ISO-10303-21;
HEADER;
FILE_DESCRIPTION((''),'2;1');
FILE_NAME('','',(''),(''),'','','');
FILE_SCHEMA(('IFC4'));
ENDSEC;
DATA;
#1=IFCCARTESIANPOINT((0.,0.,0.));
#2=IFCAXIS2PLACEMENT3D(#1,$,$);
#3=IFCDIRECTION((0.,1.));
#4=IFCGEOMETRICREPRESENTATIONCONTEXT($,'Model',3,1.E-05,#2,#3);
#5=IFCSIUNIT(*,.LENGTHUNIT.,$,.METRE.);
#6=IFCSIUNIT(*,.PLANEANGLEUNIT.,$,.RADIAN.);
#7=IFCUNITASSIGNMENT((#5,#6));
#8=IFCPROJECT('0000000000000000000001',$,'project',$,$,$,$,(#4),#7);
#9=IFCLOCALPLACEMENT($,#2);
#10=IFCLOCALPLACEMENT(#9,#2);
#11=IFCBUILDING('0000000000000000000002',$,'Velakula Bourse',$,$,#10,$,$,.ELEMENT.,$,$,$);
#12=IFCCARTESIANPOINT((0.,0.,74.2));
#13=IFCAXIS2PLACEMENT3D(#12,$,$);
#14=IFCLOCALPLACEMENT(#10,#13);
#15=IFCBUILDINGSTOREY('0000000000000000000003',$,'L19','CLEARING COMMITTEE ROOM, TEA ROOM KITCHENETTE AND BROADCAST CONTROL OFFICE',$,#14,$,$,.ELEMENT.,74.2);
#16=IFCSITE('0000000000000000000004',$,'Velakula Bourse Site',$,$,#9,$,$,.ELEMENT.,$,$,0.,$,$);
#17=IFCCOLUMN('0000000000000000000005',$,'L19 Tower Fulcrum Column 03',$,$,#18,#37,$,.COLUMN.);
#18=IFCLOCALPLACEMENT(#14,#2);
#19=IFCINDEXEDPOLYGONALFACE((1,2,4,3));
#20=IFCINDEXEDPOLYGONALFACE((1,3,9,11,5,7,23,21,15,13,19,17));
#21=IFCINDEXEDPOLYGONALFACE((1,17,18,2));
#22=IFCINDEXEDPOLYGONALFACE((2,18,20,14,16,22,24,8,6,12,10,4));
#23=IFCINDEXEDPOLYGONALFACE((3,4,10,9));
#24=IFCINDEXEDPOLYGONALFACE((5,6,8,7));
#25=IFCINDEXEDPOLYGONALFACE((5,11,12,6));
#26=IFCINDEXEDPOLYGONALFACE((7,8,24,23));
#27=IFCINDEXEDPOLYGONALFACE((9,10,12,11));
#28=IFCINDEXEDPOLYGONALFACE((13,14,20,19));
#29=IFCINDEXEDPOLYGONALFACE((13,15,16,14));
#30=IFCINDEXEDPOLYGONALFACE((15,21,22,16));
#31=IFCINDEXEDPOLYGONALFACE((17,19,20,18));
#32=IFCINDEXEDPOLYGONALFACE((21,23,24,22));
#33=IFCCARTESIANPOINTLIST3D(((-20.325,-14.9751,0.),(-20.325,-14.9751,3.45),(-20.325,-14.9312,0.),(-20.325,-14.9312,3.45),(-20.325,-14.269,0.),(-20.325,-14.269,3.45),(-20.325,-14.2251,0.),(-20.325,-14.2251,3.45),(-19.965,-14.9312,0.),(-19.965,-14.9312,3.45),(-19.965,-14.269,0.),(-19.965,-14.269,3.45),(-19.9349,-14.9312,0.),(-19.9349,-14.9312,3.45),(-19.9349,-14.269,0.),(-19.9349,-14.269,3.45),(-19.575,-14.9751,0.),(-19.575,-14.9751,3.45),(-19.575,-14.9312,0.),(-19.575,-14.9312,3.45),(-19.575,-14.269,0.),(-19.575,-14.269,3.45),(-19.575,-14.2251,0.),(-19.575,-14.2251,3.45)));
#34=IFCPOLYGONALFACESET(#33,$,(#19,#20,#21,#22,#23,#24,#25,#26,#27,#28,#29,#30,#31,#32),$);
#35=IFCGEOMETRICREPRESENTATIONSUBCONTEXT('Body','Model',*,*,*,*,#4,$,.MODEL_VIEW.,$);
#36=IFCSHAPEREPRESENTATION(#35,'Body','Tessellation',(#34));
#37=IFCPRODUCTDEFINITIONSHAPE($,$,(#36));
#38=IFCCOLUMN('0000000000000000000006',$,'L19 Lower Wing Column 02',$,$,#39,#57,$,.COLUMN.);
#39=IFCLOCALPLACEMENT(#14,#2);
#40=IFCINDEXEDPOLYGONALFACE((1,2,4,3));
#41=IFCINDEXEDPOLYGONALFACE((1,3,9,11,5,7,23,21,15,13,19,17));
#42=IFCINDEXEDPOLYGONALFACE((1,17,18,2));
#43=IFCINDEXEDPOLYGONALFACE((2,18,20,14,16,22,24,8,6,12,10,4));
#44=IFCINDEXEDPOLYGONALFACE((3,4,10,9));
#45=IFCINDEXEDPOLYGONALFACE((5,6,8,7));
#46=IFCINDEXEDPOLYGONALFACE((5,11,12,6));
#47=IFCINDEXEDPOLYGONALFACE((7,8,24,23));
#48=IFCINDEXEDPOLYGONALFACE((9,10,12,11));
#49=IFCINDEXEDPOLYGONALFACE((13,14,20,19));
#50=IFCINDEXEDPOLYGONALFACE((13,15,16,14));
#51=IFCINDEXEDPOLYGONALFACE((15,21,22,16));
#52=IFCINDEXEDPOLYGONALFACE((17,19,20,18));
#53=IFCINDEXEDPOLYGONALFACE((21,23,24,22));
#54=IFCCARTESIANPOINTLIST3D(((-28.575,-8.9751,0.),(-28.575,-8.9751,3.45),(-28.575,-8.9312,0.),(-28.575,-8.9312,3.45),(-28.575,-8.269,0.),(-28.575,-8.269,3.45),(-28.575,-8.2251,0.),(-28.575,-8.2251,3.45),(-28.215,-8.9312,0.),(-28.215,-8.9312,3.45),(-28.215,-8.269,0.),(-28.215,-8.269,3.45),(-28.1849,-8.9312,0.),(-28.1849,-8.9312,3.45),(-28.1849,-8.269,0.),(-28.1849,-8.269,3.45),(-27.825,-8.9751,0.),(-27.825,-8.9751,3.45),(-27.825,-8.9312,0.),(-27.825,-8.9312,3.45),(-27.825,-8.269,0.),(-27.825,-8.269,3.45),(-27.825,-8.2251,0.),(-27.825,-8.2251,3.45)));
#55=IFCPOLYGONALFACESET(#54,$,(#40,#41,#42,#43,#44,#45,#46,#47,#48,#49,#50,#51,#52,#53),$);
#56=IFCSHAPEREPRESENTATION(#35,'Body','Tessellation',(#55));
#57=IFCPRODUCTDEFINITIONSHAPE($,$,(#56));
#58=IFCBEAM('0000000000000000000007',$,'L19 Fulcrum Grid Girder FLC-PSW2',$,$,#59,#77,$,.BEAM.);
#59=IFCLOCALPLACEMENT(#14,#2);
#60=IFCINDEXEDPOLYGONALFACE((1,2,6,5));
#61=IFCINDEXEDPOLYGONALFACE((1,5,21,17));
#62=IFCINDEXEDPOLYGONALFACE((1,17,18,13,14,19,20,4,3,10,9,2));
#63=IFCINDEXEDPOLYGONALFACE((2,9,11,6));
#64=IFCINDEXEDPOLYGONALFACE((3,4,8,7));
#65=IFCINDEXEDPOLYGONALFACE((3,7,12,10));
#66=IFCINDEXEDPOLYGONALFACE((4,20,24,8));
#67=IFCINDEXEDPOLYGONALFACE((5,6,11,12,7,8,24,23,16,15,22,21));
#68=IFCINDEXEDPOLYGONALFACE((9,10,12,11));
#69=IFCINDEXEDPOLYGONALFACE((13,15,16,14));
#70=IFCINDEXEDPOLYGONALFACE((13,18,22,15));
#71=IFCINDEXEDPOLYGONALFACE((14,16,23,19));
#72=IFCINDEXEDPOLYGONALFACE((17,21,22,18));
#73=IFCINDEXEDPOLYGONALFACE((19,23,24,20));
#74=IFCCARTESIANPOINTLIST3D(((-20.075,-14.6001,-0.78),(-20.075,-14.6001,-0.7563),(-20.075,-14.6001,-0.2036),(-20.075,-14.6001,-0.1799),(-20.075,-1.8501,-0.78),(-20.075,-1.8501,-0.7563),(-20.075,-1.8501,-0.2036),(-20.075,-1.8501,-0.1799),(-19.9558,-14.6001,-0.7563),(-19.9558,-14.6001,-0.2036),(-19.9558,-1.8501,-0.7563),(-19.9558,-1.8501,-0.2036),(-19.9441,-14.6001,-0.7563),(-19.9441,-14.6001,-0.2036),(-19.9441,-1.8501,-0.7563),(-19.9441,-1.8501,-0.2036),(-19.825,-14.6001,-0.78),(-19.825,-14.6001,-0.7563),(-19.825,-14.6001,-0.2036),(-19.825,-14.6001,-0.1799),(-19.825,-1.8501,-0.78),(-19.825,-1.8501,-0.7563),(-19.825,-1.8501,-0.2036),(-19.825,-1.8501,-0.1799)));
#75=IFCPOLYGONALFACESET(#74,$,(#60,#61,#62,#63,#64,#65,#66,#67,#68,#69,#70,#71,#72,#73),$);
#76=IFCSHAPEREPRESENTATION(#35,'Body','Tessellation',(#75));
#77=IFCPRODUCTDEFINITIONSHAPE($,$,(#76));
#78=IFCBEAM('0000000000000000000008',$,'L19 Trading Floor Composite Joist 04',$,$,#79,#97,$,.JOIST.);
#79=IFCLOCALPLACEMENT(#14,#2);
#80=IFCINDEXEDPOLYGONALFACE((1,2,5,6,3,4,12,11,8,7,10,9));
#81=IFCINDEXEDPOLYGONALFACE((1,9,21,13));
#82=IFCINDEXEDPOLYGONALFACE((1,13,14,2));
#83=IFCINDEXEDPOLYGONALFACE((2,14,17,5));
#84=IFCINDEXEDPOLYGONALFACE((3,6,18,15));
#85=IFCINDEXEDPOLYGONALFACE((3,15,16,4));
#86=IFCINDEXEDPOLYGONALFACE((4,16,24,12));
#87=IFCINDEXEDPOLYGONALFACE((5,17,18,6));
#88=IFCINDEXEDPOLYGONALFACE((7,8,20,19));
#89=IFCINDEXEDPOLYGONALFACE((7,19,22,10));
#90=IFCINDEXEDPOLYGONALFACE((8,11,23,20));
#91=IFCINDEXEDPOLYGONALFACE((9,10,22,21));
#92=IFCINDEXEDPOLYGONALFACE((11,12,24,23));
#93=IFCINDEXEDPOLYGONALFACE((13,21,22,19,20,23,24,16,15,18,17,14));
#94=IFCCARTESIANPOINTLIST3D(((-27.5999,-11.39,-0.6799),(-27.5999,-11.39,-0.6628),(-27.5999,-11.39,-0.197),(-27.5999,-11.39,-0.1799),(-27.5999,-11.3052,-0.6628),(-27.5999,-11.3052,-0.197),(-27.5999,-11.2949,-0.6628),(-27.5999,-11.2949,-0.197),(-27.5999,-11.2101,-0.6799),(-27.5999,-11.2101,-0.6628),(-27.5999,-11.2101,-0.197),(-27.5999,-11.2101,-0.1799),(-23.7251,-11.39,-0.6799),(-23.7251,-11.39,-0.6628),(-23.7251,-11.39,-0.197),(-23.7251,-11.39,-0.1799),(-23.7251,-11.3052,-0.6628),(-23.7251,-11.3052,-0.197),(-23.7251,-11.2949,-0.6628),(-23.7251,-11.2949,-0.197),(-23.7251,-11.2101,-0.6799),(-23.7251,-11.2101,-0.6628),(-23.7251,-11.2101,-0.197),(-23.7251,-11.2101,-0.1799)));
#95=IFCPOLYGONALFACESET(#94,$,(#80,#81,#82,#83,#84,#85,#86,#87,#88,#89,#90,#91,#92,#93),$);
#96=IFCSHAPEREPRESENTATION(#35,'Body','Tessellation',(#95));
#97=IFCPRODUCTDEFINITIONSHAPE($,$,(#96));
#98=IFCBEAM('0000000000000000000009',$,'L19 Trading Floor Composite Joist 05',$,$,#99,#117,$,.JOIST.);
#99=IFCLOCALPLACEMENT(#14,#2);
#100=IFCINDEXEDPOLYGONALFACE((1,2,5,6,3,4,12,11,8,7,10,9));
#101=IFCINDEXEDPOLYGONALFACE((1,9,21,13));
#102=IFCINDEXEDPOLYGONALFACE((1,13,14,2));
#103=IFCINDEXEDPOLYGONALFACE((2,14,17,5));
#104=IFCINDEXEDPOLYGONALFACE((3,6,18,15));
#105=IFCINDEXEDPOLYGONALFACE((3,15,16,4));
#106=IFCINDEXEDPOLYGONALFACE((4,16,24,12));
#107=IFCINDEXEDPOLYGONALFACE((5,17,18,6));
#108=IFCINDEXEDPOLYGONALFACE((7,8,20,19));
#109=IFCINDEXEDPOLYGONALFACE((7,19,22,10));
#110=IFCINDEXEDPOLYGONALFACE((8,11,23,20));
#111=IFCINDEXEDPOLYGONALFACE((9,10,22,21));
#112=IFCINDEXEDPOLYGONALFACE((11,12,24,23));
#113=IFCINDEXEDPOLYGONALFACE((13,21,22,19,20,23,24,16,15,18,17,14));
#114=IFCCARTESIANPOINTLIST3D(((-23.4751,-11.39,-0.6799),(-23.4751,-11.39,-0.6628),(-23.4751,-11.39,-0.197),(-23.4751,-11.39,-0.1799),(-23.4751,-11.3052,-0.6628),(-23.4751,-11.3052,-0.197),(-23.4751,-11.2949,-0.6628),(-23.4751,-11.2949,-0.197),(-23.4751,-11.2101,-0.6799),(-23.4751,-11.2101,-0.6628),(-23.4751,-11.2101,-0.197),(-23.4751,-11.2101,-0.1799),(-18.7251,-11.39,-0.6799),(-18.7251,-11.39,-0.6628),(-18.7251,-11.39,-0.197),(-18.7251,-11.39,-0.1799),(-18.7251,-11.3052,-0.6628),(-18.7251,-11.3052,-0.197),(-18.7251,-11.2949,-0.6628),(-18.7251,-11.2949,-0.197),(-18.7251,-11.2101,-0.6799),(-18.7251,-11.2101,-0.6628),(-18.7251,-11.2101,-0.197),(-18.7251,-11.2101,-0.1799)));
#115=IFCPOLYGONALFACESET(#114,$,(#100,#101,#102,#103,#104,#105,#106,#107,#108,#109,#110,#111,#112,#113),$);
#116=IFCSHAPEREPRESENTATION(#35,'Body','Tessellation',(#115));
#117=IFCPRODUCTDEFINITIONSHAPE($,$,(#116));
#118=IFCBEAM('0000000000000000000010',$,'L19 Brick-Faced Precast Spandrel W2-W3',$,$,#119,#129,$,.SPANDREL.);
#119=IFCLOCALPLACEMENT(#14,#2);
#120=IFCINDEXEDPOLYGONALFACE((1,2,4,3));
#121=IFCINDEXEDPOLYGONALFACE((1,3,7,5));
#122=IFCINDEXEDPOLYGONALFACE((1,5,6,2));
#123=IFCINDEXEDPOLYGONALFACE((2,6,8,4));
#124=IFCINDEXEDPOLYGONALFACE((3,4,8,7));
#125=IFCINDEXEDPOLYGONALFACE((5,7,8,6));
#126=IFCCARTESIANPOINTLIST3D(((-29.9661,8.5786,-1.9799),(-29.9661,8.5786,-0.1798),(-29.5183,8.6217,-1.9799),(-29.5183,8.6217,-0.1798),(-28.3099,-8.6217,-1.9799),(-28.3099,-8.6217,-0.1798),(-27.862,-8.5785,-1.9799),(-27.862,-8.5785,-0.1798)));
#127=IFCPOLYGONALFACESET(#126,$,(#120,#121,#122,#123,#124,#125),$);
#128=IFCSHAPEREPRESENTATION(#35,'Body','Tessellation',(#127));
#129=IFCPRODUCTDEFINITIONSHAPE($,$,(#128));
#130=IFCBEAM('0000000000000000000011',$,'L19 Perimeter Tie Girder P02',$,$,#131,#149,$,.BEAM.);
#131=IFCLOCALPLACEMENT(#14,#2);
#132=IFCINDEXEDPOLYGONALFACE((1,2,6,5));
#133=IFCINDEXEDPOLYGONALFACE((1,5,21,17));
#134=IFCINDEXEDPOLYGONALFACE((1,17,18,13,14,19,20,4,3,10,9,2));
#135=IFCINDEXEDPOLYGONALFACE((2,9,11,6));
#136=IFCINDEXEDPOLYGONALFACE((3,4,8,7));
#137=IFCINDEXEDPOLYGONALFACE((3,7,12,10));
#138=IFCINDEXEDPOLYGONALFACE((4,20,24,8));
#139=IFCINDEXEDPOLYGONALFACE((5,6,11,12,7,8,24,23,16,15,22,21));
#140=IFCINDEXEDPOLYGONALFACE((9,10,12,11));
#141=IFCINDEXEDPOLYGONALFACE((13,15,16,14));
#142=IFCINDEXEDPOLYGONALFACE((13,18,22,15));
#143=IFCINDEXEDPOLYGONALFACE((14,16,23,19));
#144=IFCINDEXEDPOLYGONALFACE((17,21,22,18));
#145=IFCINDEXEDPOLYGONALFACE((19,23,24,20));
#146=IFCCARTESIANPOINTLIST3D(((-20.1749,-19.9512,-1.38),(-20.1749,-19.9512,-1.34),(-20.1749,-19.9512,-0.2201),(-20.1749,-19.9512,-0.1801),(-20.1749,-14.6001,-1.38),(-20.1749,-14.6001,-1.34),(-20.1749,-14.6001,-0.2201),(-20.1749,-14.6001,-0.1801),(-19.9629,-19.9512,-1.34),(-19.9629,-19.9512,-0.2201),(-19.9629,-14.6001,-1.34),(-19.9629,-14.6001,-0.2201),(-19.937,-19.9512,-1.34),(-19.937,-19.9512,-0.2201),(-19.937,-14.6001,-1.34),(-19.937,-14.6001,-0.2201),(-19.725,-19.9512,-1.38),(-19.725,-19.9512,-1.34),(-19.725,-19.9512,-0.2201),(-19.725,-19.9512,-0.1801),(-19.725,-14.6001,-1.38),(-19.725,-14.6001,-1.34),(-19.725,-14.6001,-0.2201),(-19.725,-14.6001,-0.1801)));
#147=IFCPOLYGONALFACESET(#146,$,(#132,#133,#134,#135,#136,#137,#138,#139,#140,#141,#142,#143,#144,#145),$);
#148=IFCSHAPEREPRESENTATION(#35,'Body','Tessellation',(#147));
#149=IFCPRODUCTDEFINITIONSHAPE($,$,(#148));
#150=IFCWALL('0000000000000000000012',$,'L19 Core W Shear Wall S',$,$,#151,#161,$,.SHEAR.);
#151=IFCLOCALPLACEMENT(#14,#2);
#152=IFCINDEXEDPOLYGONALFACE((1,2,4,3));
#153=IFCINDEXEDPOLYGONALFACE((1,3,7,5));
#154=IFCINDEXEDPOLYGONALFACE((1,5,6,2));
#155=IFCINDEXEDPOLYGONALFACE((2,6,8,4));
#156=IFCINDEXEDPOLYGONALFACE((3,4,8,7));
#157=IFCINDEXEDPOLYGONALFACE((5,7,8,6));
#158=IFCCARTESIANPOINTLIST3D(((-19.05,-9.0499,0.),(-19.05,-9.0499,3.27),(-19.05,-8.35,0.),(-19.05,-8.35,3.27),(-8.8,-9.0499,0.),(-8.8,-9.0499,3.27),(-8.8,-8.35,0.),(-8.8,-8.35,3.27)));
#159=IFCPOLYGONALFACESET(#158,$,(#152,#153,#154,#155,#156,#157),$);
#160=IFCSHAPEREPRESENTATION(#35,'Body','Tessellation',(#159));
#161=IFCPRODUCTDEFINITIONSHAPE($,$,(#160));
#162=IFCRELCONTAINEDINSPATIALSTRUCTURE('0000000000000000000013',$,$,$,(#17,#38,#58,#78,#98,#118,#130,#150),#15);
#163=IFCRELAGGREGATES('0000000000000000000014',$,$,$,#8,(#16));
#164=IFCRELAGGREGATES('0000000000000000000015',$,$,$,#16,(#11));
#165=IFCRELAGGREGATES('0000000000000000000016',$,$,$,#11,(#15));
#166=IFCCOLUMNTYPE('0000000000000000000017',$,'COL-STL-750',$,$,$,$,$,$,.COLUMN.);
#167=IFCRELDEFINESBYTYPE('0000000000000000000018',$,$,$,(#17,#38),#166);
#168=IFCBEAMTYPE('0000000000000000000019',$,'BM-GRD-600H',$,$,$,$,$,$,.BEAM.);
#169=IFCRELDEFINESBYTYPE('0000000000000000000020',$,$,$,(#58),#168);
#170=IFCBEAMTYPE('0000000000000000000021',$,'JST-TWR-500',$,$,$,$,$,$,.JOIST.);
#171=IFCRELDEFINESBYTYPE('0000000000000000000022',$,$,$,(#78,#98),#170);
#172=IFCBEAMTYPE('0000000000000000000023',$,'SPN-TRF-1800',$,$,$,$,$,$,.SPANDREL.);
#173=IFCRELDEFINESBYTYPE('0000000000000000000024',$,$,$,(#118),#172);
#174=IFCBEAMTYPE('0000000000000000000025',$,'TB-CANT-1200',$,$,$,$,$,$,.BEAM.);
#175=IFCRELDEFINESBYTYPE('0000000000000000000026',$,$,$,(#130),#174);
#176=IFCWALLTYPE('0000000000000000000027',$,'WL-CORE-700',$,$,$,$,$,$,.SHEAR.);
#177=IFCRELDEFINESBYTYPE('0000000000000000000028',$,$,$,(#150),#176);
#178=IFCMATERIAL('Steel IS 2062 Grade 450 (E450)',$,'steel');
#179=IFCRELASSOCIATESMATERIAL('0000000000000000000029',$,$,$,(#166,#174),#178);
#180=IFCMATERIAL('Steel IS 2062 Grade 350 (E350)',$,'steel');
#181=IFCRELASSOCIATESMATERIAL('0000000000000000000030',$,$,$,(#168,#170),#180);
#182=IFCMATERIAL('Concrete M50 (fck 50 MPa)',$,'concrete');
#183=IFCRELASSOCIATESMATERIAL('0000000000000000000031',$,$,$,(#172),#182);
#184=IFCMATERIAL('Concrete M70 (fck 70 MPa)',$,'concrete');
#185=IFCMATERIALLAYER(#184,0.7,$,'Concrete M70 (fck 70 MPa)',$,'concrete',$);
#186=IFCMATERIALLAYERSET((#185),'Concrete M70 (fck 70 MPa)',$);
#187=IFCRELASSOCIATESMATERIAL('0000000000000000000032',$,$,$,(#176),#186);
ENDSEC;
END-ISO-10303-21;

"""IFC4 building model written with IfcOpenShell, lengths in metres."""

from ifc_helpers import new_model, si_unit, direction, frame, frame_2d, origin, origin_2d, place, context, subcontext, project, spatial, rectangle, i_section, extrude, material, layer, layer_set, material_profile, profile_set, type_object, element, save


model = new_model("IFC4")

# Units and contexts
model_context = context("Model", 3, precision=1e-05, world=origin(), true_north=direction((0.0, 1.0)))
body_context = subcontext(model_context, "Body", "Model", "MODEL_VIEW")
ifc_project = project(units=[si_unit("LENGTHUNIT", "METRE"), si_unit("PLANEANGLEUNIT", "RADIAN")], contexts=[model_context])

# Site, building, storey
site_placement = place(None, origin())
site = spatial("IfcSite", under=ifc_project, at=site_placement, Name="Velakula Bourse Site", CompositionType="ELEMENT", RefElevation=0.0)
building_placement = place(site_placement, origin())
building = spatial("IfcBuilding", under=site, at=building_placement, Name="Velakula Bourse", CompositionType="ELEMENT")
storey_placement = place(building_placement, frame((0.0, 0.0, 74.2)))
storey = spatial("IfcBuildingStorey", under=building, at=storey_placement, Name="L19", Description="CLEARING COMMITTEE ROOM, TEA ROOM KITCHENETTE AND BROADCAST CONTROL OFFICE", CompositionType="ELEMENT", Elevation=74.2)

# Columns
ifc_material_1 = material(Name="Steel IS 2062 Grade 450 (E450)", Category="steel")
ifc_material_profile_1 = material_profile(ifc_material_1, i_section(OverallWidth=0.75, OverallDepth=0.75, WebThickness=0.03, FlangeThickness=0.0439, at=origin_2d()), Name="Steel IS 2062 Grade 450 (E450)")
ifc_profile_set_1 = profile_set([ifc_material_profile_1], Name="Steel IS 2062 Grade 450 (E450)")
column_type = type_object("IfcColumnType", Name="COL-STL-750", PredefinedType="COLUMN", material=ifc_profile_set_1)
for number, where, z_axis, x_axis, name in (
    (1, (-19.95, -14.6001, 0.0), (0.0, 0.0, 1.0), (1.0, 0.0, 0.0), "L19 Tower Fulcrum Column 03"),
    (2, (-28.2, -8.6001, 0.0), (0.0, 0.0, 1.0), (1.0, 0.0, 0.0), "L19 Lower Wing Column 02"),
):
    element("IfcColumn", number, at=place(storey_placement, frame(where, z_axis=z_axis, x_axis=x_axis)), inside=storey, type_object=column_type, Name=name, PredefinedType="COLUMN", context=body_context, shape_type="SweptSolid", body=[
        extrude(i_section(OverallWidth=0.75, OverallDepth=0.75, WebThickness=0.03, FlangeThickness=0.0439, at=origin_2d()), origin(), (0.0, 0.0, 1.0), 3.45),
    ])

# Beams
ifc_material_2 = material(Name="Steel IS 2062 Grade 350 (E350)", Category="steel")
ifc_material_profile_2 = material_profile(ifc_material_2, i_section(OverallWidth=0.25, OverallDepth=0.6001, WebThickness=0.0117, FlangeThickness=0.0237, at=origin_2d()), Name="Steel IS 2062 Grade 350 (E350)")
ifc_profile_set_2 = profile_set([ifc_material_profile_2], Name="Steel IS 2062 Grade 350 (E350)")
beam_type_1 = type_object("IfcBeamType", Name="BM-GRD-600H", PredefinedType="BEAM", material=ifc_profile_set_2)
beam_1_placement = place(storey_placement, frame((-19.95, -14.6001, -0.48), z_axis=(0.0, 1.0, 0.0), x_axis=(-1.0, 0.0, 0.0)))
element("IfcBeam", 3, at=beam_1_placement, inside=storey, type_object=beam_type_1, Name="L19 Fulcrum Grid Girder FLC-PSW2", PredefinedType="BEAM", context=body_context, shape_type="SweptSolid", body=[
    extrude(i_section(OverallWidth=0.25, OverallDepth=0.6001, WebThickness=0.0117, FlangeThickness=0.0237, at=origin_2d()), origin(), (0.0, 0.0, 1.0), 12.75),
])
ifc_material_profile_3 = material_profile(ifc_material_2, i_section(OverallWidth=0.1799, OverallDepth=0.5, WebThickness=0.0103, FlangeThickness=0.0171, at=origin_2d()), Name="Steel IS 2062 Grade 350 (E350)")
ifc_profile_set_3 = profile_set([ifc_material_profile_3], Name="Steel IS 2062 Grade 350 (E350)")
beam_type_2 = type_object("IfcBeamType", Name="JST-TWR-500", PredefinedType="JOIST", material=ifc_profile_set_3)
beam_2_placement = place(storey_placement, frame((-27.5999, -11.3, -0.4299), z_axis=(1.0, 0.0, 0.0), x_axis=(0.0, 1.0, 0.0)))
element("IfcBeam", 4, at=beam_2_placement, inside=storey, type_object=beam_type_2, Name="L19 Trading Floor Composite Joist 04", PredefinedType="JOIST", context=body_context, shape_type="SweptSolid", body=[
    extrude(i_section(OverallWidth=0.1799, OverallDepth=0.5, WebThickness=0.0103, FlangeThickness=0.0171, at=origin_2d()), origin(), (0.0, 0.0, 1.0), 3.8748),
])
beam_3_placement = place(storey_placement, frame((-23.4751, -11.3, -0.4299), z_axis=(1.0, 0.0, 0.0), x_axis=(0.0, 1.0, 0.0)))
element("IfcBeam", 5, at=beam_3_placement, inside=storey, type_object=beam_type_2, Name="L19 Trading Floor Composite Joist 05", PredefinedType="JOIST", context=body_context, shape_type="SweptSolid", body=[
    extrude(i_section(OverallWidth=0.1799, OverallDepth=0.5, WebThickness=0.0103, FlangeThickness=0.0171, at=origin_2d()), origin(), (0.0, 0.0, 1.0), 4.75),
])
ifc_material_3 = material(Name="Concrete M50 (fck 50 MPa)", Category="concrete")
ifc_material_profile_4 = material_profile(ifc_material_3, rectangle(XDim=0.45, YDim=1.8, at=origin_2d()), Name="Concrete M50 (fck 50 MPa)")
ifc_profile_set_4 = profile_set([ifc_material_profile_4], Name="Concrete M50 (fck 50 MPa)")
beam_type_3 = type_object("IfcBeamType", Name="SPN-TRF-1800", PredefinedType="SPANDREL", material=ifc_profile_set_4)
beam_4_placement = place(storey_placement, frame((-28.0859, -8.6001, -1.0798), z_axis=(-0.095849, 0.995396, 0.0), x_axis=(-0.995396, -0.095849, 0.0)))
element("IfcBeam", 6, at=beam_4_placement, inside=storey, type_object=beam_type_3, Name="L19 Brick-Faced Precast Spandrel W2-W3", PredefinedType="SPANDREL", context=body_context, shape_type="SweptSolid", body=[
    extrude(rectangle(XDim=0.45, YDim=1.8, at=origin_2d()), origin(), (0.0, 0.0, 1.0), 17.2798),
])
ifc_material_profile_5 = material_profile(ifc_material_1, i_section(OverallWidth=0.45, OverallDepth=1.2, WebThickness=0.0259, FlangeThickness=0.04, at=origin_2d()), Name="Steel IS 2062 Grade 450 (E450)")
ifc_profile_set_5 = profile_set([ifc_material_profile_5], Name="Steel IS 2062 Grade 450 (E450)")
beam_type_4 = type_object("IfcBeamType", Name="TB-CANT-1200", PredefinedType="BEAM", material=ifc_profile_set_5)
beam_5_placement = place(storey_placement, frame((-19.95, -14.6001, -0.78), z_axis=(0.0, -1.0, 0.0), x_axis=(1.0, 0.0, 0.0)))
element("IfcBeam", 7, at=beam_5_placement, inside=storey, type_object=beam_type_4, Name="L19 Perimeter Tie Girder P02", PredefinedType="BEAM", context=body_context, shape_type="SweptSolid", body=[
    extrude(i_section(OverallWidth=0.45, OverallDepth=1.2, WebThickness=0.0259, FlangeThickness=0.04, at=origin_2d()), origin(), (0.0, 0.0, 1.0), 5.3511),
])

# Wall
ifc_material_4 = material(Name="Concrete M70 (fck 70 MPa)", Category="concrete")
ifc_layer_1 = layer(ifc_material_4, 0.7, Name="Concrete M70 (fck 70 MPa)", Category="concrete")
ifc_layer_set_1 = layer_set([ifc_layer_1], Name="Concrete M70 (fck 70 MPa)")
wall_type_1 = type_object("IfcWallType", Name="WL-CORE-700", PredefinedType="SHEAR", material=ifc_layer_set_1)
wall_1_placement = place(storey_placement, frame((-19.05, -8.7, 0.0), z_axis=(0.0, 0.0, 1.0), x_axis=(1.0, 0.0, 0.0)))
element("IfcWall", 8, at=wall_1_placement, inside=storey, type_object=wall_type_1, Name="L19 Core W Shear Wall S", PredefinedType="SHEAR", context=body_context, shape_type="SweptSolid", body=[
    extrude(rectangle(XDim=10.25, YDim=0.7, at=frame_2d((5.125, 0.0))), origin(), (0.0, 0.0, 1.0), 3.27),
])

save(model, "model.ifc")
